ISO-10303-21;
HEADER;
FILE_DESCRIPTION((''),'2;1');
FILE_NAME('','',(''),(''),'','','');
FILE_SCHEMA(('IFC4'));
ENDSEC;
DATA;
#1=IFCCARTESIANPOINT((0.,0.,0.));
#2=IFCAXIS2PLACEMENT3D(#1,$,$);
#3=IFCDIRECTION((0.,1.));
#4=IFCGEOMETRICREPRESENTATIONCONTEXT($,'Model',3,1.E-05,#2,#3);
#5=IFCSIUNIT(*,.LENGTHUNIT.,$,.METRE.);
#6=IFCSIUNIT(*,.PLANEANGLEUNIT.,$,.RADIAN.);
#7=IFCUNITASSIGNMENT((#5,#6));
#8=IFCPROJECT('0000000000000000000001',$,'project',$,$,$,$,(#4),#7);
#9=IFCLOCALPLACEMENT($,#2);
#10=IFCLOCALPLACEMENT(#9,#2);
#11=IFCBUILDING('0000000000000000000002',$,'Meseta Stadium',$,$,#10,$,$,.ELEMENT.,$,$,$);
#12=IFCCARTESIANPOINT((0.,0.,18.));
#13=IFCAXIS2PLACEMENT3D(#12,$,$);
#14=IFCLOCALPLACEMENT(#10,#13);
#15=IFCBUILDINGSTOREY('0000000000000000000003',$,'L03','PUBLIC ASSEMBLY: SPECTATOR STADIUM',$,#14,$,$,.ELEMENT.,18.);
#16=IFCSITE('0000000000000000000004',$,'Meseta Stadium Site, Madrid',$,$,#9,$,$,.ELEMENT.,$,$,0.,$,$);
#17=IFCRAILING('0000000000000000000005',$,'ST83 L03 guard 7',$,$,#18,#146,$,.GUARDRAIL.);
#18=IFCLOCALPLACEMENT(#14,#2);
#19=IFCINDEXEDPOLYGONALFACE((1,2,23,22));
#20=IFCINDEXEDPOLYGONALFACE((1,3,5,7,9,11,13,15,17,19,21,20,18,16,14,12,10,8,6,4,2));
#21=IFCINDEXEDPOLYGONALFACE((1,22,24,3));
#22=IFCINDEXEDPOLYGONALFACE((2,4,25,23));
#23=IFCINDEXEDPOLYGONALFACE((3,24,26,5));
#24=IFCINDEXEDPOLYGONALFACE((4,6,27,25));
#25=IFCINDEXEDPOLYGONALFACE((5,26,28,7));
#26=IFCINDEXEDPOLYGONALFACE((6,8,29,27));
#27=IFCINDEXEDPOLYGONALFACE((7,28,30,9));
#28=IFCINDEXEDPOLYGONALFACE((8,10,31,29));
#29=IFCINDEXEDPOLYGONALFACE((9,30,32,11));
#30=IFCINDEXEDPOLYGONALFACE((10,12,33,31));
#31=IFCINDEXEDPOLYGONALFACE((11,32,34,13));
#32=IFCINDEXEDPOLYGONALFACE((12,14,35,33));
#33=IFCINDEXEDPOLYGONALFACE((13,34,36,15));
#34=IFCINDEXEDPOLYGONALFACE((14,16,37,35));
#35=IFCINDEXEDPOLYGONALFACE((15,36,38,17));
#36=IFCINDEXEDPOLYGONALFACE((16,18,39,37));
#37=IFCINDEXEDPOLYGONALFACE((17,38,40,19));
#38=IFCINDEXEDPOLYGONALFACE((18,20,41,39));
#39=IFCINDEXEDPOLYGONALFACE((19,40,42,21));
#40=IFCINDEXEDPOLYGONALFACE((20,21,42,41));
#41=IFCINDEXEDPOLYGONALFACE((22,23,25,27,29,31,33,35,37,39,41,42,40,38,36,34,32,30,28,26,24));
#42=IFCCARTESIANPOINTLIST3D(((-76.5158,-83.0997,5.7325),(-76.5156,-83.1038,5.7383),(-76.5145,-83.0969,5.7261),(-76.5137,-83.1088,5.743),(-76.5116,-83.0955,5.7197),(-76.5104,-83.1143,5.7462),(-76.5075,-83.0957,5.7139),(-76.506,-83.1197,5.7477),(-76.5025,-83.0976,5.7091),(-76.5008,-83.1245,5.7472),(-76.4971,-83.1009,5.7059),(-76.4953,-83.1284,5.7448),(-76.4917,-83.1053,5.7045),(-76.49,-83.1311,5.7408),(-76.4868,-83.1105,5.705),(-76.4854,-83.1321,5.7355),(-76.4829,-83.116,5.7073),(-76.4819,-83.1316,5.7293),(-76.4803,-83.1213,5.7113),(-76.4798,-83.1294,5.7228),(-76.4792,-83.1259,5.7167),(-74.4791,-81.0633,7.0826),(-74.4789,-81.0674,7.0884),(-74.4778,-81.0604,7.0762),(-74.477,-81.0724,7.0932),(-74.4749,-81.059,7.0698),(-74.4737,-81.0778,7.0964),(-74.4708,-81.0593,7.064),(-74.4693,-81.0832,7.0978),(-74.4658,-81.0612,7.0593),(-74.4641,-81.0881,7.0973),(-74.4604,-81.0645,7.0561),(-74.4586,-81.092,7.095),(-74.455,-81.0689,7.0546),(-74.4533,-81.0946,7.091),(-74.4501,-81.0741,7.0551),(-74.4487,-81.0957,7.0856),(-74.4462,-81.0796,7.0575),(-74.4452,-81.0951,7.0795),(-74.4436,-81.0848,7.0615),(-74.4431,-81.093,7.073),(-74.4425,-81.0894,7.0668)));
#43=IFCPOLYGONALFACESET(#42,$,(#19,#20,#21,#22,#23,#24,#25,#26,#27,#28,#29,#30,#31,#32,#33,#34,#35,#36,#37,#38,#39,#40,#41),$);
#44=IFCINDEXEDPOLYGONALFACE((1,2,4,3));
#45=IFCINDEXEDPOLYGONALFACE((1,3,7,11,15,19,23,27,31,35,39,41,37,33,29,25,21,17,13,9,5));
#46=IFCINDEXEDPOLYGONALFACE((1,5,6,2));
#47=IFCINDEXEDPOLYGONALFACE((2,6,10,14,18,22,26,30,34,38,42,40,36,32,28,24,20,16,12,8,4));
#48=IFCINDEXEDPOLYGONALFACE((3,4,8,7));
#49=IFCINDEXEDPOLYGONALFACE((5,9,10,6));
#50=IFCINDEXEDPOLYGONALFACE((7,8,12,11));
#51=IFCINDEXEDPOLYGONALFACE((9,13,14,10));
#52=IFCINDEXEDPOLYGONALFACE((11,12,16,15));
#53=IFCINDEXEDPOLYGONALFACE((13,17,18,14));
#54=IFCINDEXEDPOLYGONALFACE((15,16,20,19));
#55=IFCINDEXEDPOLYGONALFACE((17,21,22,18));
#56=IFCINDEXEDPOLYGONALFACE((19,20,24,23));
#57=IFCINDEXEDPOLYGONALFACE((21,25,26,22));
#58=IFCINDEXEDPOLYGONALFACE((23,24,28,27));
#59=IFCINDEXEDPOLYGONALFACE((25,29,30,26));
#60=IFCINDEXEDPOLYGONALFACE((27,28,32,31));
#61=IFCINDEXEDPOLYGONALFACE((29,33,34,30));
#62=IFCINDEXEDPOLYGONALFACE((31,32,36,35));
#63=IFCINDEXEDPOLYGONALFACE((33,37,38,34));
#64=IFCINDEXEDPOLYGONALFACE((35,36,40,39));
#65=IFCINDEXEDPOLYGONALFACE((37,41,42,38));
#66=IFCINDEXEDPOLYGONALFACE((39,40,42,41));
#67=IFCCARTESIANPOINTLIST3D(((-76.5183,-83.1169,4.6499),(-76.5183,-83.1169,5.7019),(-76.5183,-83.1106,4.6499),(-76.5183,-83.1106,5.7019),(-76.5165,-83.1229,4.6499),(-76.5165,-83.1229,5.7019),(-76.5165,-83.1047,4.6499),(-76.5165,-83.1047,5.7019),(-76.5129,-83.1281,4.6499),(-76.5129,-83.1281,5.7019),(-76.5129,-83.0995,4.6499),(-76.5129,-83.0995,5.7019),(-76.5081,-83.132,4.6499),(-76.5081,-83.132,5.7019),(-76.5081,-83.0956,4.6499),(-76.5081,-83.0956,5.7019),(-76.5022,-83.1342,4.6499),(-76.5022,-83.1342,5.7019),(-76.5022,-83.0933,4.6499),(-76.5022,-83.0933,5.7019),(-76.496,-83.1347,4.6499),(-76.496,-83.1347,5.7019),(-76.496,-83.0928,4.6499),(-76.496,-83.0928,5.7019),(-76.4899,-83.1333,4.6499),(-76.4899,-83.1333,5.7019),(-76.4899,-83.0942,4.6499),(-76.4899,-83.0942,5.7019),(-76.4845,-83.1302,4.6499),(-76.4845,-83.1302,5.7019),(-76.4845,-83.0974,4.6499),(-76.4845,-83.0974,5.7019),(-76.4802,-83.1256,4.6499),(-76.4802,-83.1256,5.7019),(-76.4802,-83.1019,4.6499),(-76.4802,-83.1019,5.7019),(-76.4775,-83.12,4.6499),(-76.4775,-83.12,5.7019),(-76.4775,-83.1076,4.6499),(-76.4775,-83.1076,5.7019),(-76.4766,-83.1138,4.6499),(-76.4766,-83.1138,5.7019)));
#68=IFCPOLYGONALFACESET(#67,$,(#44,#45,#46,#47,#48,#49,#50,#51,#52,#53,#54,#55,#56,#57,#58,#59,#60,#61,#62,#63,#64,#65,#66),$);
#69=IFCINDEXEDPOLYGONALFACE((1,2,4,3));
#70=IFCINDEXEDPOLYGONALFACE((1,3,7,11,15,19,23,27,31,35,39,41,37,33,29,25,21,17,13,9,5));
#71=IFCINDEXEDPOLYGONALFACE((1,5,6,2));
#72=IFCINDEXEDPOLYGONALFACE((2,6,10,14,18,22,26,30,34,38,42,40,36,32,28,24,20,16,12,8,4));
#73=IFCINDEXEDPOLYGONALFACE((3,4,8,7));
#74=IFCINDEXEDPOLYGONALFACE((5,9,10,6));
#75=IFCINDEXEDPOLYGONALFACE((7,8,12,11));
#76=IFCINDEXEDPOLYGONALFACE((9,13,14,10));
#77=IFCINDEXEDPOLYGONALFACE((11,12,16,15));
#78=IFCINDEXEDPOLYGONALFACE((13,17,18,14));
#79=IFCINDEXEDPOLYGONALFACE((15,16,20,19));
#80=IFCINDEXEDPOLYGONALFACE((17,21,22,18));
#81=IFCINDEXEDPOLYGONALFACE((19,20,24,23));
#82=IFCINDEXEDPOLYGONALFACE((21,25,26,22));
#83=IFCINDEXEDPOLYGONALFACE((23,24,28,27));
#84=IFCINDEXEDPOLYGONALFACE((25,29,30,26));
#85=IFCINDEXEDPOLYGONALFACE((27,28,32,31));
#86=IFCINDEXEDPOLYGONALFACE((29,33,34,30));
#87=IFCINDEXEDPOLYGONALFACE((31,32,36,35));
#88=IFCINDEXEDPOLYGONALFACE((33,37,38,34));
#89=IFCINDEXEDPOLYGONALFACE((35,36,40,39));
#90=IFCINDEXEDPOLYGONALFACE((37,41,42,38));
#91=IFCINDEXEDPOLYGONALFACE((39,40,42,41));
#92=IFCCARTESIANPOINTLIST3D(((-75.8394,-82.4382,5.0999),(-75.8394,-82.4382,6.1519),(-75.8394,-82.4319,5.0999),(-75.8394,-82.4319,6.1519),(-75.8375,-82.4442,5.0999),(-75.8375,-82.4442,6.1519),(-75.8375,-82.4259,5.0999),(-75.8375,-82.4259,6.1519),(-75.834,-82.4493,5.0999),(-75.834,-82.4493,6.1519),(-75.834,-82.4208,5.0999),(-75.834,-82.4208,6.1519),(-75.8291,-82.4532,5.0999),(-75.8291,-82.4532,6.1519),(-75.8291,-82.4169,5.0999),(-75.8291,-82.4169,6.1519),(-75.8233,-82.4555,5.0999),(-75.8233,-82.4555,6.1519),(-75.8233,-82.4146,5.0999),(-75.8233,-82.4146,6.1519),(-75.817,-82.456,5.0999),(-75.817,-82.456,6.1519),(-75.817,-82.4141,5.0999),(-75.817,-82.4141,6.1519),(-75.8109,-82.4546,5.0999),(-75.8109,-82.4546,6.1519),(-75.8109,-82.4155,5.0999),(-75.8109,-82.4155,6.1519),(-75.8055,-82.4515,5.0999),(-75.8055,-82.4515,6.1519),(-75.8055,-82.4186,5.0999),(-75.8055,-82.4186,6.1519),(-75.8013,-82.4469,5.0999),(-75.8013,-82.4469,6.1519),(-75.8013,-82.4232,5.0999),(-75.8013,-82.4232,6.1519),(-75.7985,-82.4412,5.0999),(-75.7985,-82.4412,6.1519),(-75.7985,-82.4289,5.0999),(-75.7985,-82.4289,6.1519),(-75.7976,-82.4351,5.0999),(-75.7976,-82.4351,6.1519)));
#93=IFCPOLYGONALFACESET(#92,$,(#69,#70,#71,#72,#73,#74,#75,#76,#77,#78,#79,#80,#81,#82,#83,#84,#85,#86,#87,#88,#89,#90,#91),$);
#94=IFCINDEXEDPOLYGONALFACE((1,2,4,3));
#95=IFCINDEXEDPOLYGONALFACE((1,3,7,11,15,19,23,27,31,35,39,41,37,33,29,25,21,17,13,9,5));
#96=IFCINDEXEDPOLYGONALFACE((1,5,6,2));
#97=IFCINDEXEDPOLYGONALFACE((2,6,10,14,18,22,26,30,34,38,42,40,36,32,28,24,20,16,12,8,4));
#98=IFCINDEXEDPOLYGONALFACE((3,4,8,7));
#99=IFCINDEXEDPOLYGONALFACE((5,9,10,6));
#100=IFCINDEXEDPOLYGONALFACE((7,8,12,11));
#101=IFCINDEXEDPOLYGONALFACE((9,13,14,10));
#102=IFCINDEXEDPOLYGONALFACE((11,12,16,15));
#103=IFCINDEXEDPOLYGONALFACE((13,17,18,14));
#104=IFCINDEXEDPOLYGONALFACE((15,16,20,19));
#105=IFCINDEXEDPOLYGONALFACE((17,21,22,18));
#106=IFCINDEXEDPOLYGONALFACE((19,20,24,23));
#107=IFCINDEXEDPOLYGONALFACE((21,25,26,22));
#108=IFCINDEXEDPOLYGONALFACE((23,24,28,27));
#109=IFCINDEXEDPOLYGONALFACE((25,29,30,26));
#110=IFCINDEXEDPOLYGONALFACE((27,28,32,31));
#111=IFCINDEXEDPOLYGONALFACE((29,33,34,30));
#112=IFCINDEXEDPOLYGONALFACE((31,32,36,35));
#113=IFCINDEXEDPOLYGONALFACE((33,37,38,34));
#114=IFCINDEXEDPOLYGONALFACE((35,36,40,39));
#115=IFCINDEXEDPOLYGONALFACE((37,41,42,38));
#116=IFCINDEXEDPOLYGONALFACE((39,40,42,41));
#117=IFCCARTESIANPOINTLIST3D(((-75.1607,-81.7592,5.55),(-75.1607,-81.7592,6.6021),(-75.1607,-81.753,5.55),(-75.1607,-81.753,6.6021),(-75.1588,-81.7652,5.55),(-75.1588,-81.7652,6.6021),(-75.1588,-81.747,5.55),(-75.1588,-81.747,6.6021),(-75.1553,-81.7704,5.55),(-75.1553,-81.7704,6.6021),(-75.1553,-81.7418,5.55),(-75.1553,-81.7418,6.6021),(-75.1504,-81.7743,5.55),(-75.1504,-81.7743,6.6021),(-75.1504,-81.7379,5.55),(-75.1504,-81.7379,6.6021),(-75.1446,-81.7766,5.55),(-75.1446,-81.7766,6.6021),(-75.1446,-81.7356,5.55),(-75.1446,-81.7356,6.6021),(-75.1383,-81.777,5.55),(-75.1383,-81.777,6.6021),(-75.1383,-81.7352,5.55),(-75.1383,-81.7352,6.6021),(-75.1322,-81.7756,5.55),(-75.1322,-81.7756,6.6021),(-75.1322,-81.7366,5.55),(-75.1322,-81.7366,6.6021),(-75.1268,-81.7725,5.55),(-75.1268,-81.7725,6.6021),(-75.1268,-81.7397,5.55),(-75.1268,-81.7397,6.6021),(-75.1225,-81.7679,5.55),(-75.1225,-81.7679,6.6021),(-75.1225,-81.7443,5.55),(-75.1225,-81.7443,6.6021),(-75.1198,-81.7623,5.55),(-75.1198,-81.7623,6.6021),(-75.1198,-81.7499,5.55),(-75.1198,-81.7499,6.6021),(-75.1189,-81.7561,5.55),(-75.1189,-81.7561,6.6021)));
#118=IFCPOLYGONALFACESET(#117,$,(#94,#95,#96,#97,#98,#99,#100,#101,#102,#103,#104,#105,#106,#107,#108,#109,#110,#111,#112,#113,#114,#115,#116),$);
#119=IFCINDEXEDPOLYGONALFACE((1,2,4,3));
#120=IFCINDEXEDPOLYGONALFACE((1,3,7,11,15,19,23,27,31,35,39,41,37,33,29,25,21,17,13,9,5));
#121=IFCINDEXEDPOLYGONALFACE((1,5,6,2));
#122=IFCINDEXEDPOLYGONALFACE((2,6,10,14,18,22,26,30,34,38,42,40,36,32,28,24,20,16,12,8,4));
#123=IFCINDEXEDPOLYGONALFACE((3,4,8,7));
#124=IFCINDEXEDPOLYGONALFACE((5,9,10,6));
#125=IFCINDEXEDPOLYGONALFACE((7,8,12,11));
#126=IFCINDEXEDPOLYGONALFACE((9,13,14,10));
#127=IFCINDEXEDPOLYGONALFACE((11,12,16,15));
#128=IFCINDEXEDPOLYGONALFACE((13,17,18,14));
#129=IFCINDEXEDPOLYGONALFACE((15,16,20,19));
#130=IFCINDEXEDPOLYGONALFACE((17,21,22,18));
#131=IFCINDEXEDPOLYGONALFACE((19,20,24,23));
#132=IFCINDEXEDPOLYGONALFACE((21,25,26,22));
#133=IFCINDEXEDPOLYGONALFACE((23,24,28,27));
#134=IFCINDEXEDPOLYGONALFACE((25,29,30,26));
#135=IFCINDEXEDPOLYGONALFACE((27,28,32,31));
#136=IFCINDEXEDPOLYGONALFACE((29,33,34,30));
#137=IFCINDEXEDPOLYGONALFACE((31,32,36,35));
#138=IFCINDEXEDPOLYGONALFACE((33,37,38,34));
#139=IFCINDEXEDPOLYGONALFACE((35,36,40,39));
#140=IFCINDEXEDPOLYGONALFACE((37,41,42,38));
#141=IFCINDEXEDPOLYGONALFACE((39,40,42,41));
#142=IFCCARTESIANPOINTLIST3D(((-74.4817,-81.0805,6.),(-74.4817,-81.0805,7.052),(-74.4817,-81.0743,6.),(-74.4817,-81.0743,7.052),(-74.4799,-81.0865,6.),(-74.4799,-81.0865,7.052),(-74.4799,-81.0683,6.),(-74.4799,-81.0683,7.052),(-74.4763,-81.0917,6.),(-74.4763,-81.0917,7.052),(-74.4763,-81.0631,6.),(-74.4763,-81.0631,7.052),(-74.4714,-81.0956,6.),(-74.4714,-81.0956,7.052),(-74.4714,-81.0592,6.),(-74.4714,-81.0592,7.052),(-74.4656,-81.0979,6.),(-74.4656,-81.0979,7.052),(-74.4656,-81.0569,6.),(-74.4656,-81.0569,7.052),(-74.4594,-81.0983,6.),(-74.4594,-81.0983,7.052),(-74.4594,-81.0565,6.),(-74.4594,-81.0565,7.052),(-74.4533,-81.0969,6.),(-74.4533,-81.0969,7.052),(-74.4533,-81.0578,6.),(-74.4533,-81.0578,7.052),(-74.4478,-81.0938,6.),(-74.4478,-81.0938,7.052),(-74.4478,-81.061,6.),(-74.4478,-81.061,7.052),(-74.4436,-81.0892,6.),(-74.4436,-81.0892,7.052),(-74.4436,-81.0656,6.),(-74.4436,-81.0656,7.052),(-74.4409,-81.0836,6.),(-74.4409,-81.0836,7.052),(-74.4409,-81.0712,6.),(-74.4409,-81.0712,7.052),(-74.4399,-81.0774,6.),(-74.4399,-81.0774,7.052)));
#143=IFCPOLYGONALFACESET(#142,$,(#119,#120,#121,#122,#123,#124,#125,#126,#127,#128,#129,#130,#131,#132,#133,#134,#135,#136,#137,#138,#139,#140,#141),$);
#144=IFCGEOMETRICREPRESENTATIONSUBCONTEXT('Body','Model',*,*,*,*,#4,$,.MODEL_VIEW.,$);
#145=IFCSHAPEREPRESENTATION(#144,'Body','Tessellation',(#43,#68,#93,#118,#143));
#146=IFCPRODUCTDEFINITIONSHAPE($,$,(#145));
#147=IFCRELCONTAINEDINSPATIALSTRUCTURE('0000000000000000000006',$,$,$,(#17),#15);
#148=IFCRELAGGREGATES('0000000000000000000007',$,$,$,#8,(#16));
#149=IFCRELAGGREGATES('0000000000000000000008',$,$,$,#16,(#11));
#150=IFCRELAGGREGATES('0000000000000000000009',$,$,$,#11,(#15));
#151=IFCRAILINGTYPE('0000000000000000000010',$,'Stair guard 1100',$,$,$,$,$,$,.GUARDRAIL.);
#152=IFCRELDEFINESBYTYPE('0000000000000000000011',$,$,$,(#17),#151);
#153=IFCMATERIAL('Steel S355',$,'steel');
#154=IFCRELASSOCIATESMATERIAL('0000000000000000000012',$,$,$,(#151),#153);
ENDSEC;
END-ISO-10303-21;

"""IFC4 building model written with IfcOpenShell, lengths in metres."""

from ifc_helpers import new_model, si_unit, direction, frame, origin, origin_2d, place, context, subcontext, project, spatial, circle, extrude, material, type_object, element, save


model = new_model("IFC4")

# Units and contexts
model_context = context("Model", 3, precision=1e-05, world=origin(), true_north=direction((0.0, 1.0)))
body_context = subcontext(model_context, "Body", "Model", "MODEL_VIEW")
ifc_project = project(units=[si_unit("LENGTHUNIT", "METRE"), si_unit("PLANEANGLEUNIT", "RADIAN")], contexts=[model_context])

# Site, building, storey
site_placement = place(None, origin())
site = spatial("IfcSite", under=ifc_project, at=site_placement, Name="Meseta Stadium Site, Madrid", CompositionType="ELEMENT", RefElevation=0.0)
building_placement = place(site_placement, origin())
building = spatial("IfcBuilding", under=site, at=building_placement, Name="Meseta Stadium", CompositionType="ELEMENT")
storey_placement = place(building_placement, frame((0.0, 0.0, 18.0)))
storey = spatial("IfcBuildingStorey", under=building, at=storey_placement, Name="L03", Description="PUBLIC ASSEMBLY: SPECTATOR STADIUM", CompositionType="ELEMENT", Elevation=18.0)

# Railing
ifc_material_1 = material(Name="Steel S355", Category="steel")
railing_type_1 = type_object("IfcRailingType", Name="Stair guard 1100", PredefinedType="GUARDRAIL", material=ifc_material_1)
railing_1_placement = place(storey_placement, frame((-76.4976, -83.1138, 4.6499)))
element("IfcRailing", 1, at=railing_1_placement, inside=storey, type_object=railing_type_1, Name="ST83 L03 guard 7", PredefinedType="GUARDRAIL", context=body_context, shape_type="SweptSolid", body=[
    extrude(circle(Radius=0.0239, at=origin_2d()), frame((0.0, 0.0, 1.0762), z_axis=(0.640288, 0.640211, 0.424454), x_axis=(-0.707064, 0.707149, 0.0)), (0.0, 0.0, 1.0), 3.1809),
    extrude(circle(Radius=0.021, at=origin_2d()), origin(), (0.0, 0.0, 1.0), 1.052),
    extrude(circle(Radius=0.021, at=origin_2d()), frame((0.679, 0.6787, 0.45)), (0.0, 0.0, 1.0), 1.052),
    extrude(circle(Radius=0.021, at=origin_2d()), frame((1.3577, 1.3577, 0.9001)), (0.0, 0.0, 1.0), 1.052),
    extrude(circle(Radius=0.021, at=origin_2d()), frame((2.0366, 2.0364, 1.3501)), (0.0, 0.0, 1.0), 1.052),
])

save(model, "model.ifc")
